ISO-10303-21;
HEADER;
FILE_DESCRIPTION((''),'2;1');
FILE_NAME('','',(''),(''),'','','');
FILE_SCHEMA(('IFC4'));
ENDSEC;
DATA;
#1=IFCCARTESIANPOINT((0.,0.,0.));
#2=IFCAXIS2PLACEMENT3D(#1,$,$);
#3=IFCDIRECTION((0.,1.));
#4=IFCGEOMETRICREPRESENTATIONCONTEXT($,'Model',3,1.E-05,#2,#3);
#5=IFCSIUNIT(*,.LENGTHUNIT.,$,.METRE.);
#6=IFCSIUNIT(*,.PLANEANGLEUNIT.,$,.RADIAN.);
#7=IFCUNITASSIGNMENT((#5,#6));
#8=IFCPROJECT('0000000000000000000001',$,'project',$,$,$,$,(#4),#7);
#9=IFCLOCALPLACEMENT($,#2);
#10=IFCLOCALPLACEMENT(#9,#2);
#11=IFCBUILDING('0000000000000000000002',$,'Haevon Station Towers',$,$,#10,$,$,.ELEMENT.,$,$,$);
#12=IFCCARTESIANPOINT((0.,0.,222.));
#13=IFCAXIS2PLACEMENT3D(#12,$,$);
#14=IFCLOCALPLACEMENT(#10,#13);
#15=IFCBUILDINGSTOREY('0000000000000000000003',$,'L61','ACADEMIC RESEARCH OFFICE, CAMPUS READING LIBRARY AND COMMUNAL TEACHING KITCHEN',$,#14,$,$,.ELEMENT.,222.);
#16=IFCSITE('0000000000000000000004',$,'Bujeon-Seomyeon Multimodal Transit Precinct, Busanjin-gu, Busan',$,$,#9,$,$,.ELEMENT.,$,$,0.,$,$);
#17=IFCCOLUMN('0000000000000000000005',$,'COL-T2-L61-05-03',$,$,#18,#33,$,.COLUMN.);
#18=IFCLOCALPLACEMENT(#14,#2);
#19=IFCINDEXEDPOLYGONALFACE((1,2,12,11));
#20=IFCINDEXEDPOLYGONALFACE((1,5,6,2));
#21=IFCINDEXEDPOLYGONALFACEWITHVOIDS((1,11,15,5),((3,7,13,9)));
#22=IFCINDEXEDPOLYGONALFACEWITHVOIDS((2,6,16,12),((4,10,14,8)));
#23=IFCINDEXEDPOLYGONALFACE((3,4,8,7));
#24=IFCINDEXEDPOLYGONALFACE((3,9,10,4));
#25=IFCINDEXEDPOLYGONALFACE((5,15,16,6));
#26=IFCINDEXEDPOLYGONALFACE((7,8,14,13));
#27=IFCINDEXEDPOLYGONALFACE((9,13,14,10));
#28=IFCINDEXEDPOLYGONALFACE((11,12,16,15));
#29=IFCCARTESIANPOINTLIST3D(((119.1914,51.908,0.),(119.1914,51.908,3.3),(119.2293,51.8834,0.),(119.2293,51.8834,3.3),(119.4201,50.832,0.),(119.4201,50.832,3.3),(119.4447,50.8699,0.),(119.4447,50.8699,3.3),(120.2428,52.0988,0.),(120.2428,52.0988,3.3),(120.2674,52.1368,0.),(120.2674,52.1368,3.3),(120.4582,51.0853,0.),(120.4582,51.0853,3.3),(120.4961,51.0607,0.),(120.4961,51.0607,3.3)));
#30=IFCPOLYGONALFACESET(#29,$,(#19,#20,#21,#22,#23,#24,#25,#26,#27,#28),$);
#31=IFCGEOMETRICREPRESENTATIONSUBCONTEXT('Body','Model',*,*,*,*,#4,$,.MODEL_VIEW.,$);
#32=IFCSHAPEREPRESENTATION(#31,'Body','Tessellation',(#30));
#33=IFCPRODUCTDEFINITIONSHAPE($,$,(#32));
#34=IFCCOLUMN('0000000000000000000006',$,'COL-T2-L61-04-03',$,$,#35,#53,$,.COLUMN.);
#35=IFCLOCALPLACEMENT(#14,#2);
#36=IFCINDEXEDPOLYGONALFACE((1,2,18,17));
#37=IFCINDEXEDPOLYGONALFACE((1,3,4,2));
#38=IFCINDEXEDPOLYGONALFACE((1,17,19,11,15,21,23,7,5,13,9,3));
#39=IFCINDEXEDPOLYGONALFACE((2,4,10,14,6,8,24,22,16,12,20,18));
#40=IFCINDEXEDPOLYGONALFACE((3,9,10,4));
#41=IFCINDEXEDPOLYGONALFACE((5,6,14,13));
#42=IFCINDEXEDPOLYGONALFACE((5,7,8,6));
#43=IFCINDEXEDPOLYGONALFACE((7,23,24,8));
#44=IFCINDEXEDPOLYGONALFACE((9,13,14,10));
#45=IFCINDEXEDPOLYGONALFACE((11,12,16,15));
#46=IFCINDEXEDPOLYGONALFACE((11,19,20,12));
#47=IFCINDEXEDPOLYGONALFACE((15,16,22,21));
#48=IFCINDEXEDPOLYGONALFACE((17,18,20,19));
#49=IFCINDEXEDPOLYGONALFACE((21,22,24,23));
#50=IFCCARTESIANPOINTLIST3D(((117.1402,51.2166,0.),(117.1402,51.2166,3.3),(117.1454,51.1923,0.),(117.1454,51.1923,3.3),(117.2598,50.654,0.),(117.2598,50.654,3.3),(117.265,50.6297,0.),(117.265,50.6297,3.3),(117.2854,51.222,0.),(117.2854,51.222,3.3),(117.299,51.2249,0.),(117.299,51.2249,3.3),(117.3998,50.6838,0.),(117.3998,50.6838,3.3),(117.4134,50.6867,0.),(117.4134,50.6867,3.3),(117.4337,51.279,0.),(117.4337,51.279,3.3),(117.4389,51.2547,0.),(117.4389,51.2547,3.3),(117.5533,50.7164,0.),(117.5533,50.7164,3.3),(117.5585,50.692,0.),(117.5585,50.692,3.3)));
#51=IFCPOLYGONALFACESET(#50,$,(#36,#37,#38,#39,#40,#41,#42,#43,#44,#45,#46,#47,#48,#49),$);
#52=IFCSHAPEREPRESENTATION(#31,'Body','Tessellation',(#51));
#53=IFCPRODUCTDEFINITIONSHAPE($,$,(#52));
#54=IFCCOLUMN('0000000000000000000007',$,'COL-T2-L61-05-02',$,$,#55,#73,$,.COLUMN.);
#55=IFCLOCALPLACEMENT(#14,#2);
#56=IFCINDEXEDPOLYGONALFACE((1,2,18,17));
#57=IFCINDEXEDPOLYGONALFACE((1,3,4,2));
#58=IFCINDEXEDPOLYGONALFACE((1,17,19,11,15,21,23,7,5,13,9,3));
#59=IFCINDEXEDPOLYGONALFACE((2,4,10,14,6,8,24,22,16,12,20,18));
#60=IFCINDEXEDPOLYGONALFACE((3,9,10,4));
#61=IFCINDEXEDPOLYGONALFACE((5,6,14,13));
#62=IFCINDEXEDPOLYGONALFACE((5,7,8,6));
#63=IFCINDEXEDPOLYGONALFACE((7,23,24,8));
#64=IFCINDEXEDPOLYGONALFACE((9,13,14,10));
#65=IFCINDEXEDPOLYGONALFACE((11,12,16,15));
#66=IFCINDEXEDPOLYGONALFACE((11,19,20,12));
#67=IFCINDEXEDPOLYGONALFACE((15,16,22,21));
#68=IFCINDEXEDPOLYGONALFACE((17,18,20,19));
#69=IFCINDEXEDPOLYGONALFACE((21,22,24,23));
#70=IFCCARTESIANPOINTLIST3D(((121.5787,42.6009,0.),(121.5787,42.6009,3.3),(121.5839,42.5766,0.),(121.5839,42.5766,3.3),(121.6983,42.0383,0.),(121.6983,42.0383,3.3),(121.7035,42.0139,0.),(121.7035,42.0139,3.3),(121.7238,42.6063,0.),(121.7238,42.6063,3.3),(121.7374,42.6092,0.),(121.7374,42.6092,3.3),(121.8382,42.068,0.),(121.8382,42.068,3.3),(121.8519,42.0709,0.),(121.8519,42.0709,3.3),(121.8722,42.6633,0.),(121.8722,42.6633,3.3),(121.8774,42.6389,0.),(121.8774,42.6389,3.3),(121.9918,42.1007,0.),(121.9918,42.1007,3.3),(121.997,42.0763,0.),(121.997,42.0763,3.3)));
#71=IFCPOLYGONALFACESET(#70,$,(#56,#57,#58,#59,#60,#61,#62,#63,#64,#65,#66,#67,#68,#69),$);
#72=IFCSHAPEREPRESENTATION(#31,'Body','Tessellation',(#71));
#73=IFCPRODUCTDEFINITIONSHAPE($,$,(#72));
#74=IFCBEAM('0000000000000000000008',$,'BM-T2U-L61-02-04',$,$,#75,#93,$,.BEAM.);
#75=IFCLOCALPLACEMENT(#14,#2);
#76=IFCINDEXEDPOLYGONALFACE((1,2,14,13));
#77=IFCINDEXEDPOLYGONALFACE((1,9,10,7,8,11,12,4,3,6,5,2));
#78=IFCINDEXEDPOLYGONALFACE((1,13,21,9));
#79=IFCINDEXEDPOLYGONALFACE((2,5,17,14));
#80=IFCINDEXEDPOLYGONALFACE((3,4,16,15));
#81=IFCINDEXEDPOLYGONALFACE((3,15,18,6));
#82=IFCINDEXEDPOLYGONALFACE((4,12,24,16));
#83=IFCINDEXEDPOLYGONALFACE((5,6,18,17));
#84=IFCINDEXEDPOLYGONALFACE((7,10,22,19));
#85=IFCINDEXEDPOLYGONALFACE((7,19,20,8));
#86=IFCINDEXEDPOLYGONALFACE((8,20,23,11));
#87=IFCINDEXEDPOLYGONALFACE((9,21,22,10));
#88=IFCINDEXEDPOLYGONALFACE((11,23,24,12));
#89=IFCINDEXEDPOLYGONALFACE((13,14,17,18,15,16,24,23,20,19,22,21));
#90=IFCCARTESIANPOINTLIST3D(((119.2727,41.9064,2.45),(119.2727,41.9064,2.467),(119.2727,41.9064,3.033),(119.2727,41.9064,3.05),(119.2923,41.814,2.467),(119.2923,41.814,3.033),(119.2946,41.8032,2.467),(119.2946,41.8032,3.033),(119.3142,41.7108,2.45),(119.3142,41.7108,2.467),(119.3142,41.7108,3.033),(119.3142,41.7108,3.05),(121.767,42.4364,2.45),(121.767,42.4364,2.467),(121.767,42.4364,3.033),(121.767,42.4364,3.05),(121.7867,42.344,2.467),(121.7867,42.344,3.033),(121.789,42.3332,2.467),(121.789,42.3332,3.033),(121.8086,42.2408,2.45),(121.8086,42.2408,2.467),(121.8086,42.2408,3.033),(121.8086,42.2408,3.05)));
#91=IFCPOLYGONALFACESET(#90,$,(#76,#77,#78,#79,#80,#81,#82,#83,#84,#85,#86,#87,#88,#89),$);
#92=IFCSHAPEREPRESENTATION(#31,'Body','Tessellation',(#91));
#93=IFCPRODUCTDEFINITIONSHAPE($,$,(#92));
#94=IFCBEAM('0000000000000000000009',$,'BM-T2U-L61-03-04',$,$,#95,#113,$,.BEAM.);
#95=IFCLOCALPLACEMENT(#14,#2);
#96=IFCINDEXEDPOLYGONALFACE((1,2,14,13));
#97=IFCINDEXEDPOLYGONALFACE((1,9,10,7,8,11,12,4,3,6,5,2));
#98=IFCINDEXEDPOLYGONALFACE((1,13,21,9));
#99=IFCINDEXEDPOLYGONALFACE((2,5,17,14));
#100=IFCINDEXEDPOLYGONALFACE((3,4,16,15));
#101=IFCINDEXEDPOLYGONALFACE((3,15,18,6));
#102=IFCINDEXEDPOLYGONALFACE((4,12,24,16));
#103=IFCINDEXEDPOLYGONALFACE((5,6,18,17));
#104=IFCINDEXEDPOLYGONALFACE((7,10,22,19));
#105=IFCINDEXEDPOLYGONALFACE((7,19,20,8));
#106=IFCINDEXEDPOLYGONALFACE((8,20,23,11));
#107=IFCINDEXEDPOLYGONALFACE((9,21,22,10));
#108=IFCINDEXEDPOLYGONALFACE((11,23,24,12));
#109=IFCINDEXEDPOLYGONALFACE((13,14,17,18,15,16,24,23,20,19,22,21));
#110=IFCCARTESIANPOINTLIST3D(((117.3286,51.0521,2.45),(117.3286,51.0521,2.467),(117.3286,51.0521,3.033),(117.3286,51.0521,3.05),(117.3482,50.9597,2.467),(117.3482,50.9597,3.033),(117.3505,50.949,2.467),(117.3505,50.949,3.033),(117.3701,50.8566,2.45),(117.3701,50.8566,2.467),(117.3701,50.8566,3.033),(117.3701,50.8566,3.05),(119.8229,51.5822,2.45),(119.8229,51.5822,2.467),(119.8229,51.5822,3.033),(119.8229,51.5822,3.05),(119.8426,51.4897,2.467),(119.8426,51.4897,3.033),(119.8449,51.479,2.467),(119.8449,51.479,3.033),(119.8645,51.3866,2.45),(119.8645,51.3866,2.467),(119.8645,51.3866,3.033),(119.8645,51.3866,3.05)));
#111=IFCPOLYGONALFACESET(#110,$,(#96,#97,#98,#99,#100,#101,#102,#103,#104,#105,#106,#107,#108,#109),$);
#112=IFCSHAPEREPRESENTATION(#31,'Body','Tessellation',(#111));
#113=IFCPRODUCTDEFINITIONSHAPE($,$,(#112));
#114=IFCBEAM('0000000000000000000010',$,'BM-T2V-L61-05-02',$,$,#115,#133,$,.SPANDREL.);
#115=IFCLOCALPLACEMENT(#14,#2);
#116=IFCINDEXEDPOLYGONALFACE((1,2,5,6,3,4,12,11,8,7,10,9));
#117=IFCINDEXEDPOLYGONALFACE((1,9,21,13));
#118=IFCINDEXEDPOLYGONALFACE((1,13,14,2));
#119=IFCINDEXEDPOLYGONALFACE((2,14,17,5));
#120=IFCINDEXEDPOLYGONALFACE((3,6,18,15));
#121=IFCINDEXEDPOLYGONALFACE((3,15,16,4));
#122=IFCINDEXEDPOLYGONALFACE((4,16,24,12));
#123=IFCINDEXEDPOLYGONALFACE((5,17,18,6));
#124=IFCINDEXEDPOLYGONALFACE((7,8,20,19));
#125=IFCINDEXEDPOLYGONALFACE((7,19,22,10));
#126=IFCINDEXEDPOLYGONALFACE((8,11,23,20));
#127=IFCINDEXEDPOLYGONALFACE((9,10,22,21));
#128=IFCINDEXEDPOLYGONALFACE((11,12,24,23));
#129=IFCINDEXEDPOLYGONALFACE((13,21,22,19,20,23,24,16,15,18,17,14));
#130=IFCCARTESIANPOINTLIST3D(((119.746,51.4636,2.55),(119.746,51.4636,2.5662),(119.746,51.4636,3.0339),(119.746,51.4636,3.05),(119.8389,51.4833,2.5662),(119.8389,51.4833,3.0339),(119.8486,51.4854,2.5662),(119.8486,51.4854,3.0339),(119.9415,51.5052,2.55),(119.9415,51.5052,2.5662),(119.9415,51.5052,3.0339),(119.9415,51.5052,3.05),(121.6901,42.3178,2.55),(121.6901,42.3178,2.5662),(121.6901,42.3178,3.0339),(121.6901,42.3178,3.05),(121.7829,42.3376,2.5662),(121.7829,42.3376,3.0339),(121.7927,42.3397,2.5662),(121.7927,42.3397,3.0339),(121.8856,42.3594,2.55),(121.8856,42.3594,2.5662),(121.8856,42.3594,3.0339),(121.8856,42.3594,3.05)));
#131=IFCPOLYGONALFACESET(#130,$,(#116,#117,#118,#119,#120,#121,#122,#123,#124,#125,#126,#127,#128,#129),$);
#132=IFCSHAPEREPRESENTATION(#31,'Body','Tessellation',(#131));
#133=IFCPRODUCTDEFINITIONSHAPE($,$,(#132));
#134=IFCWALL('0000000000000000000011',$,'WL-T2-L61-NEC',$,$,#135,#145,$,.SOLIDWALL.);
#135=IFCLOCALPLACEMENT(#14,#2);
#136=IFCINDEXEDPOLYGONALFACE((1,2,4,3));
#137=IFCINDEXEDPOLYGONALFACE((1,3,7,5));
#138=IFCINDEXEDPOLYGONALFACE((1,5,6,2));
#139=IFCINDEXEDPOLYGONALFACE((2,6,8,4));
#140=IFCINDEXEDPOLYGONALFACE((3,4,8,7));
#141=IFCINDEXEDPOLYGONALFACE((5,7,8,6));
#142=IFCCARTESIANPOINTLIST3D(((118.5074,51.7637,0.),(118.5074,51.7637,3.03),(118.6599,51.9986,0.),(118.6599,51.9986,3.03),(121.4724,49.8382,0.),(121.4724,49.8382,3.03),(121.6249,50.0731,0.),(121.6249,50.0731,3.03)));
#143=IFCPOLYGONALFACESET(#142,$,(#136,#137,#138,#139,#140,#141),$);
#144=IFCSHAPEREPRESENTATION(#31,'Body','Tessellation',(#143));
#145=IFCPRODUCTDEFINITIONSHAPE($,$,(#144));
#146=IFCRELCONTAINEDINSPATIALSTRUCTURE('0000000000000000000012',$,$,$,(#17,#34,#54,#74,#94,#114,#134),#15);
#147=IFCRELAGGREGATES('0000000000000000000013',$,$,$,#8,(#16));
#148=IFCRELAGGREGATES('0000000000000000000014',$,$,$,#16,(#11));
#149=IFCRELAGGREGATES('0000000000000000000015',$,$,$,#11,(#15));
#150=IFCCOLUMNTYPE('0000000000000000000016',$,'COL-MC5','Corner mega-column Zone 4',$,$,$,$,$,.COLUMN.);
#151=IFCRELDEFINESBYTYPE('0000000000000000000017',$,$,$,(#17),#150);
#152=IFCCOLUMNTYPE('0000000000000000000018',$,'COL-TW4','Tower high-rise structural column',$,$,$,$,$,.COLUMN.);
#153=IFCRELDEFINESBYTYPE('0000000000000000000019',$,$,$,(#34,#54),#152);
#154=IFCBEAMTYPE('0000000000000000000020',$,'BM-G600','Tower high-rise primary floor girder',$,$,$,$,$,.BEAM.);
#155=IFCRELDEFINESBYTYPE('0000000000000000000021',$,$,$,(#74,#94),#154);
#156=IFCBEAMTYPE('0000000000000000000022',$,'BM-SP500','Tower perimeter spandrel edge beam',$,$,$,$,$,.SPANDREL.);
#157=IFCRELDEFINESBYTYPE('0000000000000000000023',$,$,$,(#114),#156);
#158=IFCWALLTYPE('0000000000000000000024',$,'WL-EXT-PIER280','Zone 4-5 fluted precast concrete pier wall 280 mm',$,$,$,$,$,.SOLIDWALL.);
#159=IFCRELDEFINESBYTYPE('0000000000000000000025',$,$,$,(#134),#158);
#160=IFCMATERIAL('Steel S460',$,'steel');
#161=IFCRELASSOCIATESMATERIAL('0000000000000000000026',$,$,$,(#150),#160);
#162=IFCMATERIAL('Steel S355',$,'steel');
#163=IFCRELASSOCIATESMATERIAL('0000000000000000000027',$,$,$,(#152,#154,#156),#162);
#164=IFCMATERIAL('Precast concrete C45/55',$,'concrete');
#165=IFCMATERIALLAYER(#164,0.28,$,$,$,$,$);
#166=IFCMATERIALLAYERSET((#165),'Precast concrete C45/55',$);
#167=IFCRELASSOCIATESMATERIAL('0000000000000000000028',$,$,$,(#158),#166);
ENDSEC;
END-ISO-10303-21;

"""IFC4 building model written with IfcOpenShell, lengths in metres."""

from ifc_helpers import new_model, si_unit, direction, frame, frame_2d, origin, origin_2d, place, context, subcontext, project, spatial, rectangle, hollow_rectangle, i_section, extrude, material, layer, layer_set, material_profile, profile_set, type_object, element, save


model = new_model("IFC4")

# Units and contexts
model_context = context("Model", 3, precision=1e-05, world=origin(), true_north=direction((0.0, 1.0)))
body_context = subcontext(model_context, "Body", "Model", "MODEL_VIEW")
ifc_project = project(units=[si_unit("LENGTHUNIT", "METRE"), si_unit("PLANEANGLEUNIT", "RADIAN")], contexts=[model_context])

# Site, building, storey
site_placement = place(None, origin())
site = spatial("IfcSite", under=ifc_project, at=site_placement, Name="Bujeon-Seomyeon Multimodal Transit Precinct, Busanjin-gu, Busan", CompositionType="ELEMENT", RefElevation=0.0)
building_placement = place(site_placement, origin())
building = spatial("IfcBuilding", under=site, at=building_placement, Name="Haevon Station Towers", CompositionType="ELEMENT")
storey_placement = place(building_placement, frame((0.0, 0.0, 222.0)))
storey = spatial("IfcBuildingStorey", under=building, at=storey_placement, Name="L61", Description="ACADEMIC RESEARCH OFFICE, CAMPUS READING LIBRARY AND COMMUNAL TEACHING KITCHEN", CompositionType="ELEMENT", Elevation=222.0)

# Columns
ifc_material_1 = material(Name="Steel S460", Category="steel")
ifc_material_profile_1 = material_profile(ifc_material_1, hollow_rectangle(XDim=1.1001, YDim=1.1001, WallThickness=0.032, at=origin_2d()), Name="BOX-1100x1100x32")
ifc_profile_set_1 = profile_set([ifc_material_profile_1], Name="Steel S460")
column_type_1 = type_object("IfcColumnType", Name="COL-MC5", Description="Corner mega-column Zone 4", PredefinedType="COLUMN", material=ifc_profile_set_1)
column_placement = place(storey_placement, frame((119.8438, 51.4844, 0.0), z_axis=(0.0, 0.0, 1.0), x_axis=(0.978148, 0.207912, 0.0)))
element("IfcColumn", 1, at=column_placement, inside=storey, type_object=column_type_1, Name="COL-T2-L61-05-03", PredefinedType="COLUMN", context=body_context, shape_type="SweptSolid", body=[
    extrude(hollow_rectangle(XDim=1.1001, YDim=1.1001, WallThickness=0.032, at=origin_2d()), origin(), (0.0, 0.0, 1.0), 3.3),
])
ifc_material_2 = material(Name="Steel S355", Category="steel")
ifc_material_profile_2 = material_profile(ifc_material_2, i_section(OverallWidth=0.3, OverallDepth=0.6001, WebThickness=0.0139, FlangeThickness=0.0249, at=origin_2d()), Name="H-600x300x14x25")
ifc_profile_set_2 = profile_set([ifc_material_profile_2], Name="Steel S355")
column_type_2 = type_object("IfcColumnType", Name="COL-TW4", Description="Tower high-rise structural column", PredefinedType="COLUMN", material=ifc_profile_set_2)
for number, where, z_axis, x_axis, name in (
    (2, (117.3494, 50.9543, 0.0), (0.0, 0.0, 1.0), (0.978148, 0.207912, 0.0), "COL-T2-L61-04-03"),
    (3, (121.7878, 42.3386, 0.0), (0.0, 0.0, 1.0), (0.978148, 0.207912, 0.0), "COL-T2-L61-05-02"),
):
    element("IfcColumn", number, at=place(storey_placement, frame(where, z_axis=z_axis, x_axis=x_axis)), inside=storey, type_object=column_type_2, Name=name, PredefinedType="COLUMN", context=body_context, shape_type="SweptSolid", body=[
        extrude(i_section(OverallWidth=0.3, OverallDepth=0.6001, WebThickness=0.0139, FlangeThickness=0.0249, at=origin_2d()), origin(), (0.0, 0.0, 1.0), 3.3),
    ])

# Beams
ifc_material_profile_3 = material_profile(ifc_material_2, i_section(OverallWidth=0.2, OverallDepth=0.6001, WebThickness=0.011, FlangeThickness=0.0171, at=origin_2d()), Name="H-600x200x11x17")
ifc_profile_set_3 = profile_set([ifc_material_profile_3], Name="Steel S355")
beam_type_1 = type_object("IfcBeamType", Name="BM-G600", Description="Tower high-rise primary floor girder", PredefinedType="BEAM", material=ifc_profile_set_3)
for number, where, z_axis, x_axis, name in (
    (4, (119.2935, 41.8086, 2.75), (0.978161, 0.207848, 0.0), (-0.207848, 0.978161, 0.0), "BM-T2U-L61-02-04"),
    (5, (117.3494, 50.9543, 2.75), (0.978161, 0.207848, 0.0), (-0.207848, 0.978161, 0.0), "BM-T2U-L61-03-04"),
):
    element("IfcBeam", number, at=place(storey_placement, frame(where, z_axis=z_axis, x_axis=x_axis)), inside=storey, type_object=beam_type_1, Name=name, PredefinedType="BEAM", context=body_context, shape_type="SweptSolid", body=[
        extrude(i_section(OverallWidth=0.2, OverallDepth=0.6001, WebThickness=0.011, FlangeThickness=0.0171, at=origin_2d()), origin(), (0.0, 0.0, 1.0), 2.55),
    ])
ifc_material_profile_4 = material_profile(ifc_material_2, i_section(OverallWidth=0.2, OverallDepth=0.5, WebThickness=0.01, FlangeThickness=0.0161, at=origin_2d()), Name="H-500x200x10x16")
ifc_profile_set_4 = profile_set([ifc_material_profile_4], Name="Steel S355")
beam_type_2 = type_object("IfcBeamType", Name="BM-SP500", Description="Tower perimeter spandrel edge beam", PredefinedType="SPANDREL", material=ifc_profile_set_4)
beam_placement = place(storey_placement, frame((121.7878, 42.3386, 2.8), z_axis=(-0.207922, 0.978145, 0.0), x_axis=(-0.978145, -0.207922, 0.0)))
element("IfcBeam", 6, at=beam_placement, inside=storey, type_object=beam_type_2, Name="BM-T2V-L61-05-02", PredefinedType="SPANDREL", context=body_context, shape_type="SweptSolid", body=[
    extrude(i_section(OverallWidth=0.2, OverallDepth=0.5, WebThickness=0.01, FlangeThickness=0.0161, at=origin_2d()), origin(), (0.0, 0.0, 1.0), 9.3501),
])

# Wall
ifc_material_3 = material(Name="Precast concrete C45/55", Category="concrete")
ifc_layer = layer(ifc_material_3, 0.28)
ifc_layer_set = layer_set([ifc_layer], Name="Precast concrete C45/55")
wall_type = type_object("IfcWallType", Name="WL-EXT-PIER280", Description="Zone 4-5 fluted precast concrete pier wall 280 mm", PredefinedType="SOLIDWALL", material=ifc_layer_set)
wall_1_placement = place(storey_placement, frame((118.5837, 51.8811, 0.0), z_axis=(0.0, 0.0, 1.0), x_axis=(0.838672, -0.544636, 0.0)))
element("IfcWall", 7, at=wall_1_placement, inside=storey, type_object=wall_type, Name="WL-T2-L61-NEC", PredefinedType="SOLIDWALL", context=body_context, shape_type="SweptSolid", body=[
    extrude(rectangle(XDim=3.5354, YDim=0.28, at=frame_2d((1.7676, 0.0))), origin(), (0.0, 0.0, 1.0), 3.03),
])

save(model, "model.ifc")
